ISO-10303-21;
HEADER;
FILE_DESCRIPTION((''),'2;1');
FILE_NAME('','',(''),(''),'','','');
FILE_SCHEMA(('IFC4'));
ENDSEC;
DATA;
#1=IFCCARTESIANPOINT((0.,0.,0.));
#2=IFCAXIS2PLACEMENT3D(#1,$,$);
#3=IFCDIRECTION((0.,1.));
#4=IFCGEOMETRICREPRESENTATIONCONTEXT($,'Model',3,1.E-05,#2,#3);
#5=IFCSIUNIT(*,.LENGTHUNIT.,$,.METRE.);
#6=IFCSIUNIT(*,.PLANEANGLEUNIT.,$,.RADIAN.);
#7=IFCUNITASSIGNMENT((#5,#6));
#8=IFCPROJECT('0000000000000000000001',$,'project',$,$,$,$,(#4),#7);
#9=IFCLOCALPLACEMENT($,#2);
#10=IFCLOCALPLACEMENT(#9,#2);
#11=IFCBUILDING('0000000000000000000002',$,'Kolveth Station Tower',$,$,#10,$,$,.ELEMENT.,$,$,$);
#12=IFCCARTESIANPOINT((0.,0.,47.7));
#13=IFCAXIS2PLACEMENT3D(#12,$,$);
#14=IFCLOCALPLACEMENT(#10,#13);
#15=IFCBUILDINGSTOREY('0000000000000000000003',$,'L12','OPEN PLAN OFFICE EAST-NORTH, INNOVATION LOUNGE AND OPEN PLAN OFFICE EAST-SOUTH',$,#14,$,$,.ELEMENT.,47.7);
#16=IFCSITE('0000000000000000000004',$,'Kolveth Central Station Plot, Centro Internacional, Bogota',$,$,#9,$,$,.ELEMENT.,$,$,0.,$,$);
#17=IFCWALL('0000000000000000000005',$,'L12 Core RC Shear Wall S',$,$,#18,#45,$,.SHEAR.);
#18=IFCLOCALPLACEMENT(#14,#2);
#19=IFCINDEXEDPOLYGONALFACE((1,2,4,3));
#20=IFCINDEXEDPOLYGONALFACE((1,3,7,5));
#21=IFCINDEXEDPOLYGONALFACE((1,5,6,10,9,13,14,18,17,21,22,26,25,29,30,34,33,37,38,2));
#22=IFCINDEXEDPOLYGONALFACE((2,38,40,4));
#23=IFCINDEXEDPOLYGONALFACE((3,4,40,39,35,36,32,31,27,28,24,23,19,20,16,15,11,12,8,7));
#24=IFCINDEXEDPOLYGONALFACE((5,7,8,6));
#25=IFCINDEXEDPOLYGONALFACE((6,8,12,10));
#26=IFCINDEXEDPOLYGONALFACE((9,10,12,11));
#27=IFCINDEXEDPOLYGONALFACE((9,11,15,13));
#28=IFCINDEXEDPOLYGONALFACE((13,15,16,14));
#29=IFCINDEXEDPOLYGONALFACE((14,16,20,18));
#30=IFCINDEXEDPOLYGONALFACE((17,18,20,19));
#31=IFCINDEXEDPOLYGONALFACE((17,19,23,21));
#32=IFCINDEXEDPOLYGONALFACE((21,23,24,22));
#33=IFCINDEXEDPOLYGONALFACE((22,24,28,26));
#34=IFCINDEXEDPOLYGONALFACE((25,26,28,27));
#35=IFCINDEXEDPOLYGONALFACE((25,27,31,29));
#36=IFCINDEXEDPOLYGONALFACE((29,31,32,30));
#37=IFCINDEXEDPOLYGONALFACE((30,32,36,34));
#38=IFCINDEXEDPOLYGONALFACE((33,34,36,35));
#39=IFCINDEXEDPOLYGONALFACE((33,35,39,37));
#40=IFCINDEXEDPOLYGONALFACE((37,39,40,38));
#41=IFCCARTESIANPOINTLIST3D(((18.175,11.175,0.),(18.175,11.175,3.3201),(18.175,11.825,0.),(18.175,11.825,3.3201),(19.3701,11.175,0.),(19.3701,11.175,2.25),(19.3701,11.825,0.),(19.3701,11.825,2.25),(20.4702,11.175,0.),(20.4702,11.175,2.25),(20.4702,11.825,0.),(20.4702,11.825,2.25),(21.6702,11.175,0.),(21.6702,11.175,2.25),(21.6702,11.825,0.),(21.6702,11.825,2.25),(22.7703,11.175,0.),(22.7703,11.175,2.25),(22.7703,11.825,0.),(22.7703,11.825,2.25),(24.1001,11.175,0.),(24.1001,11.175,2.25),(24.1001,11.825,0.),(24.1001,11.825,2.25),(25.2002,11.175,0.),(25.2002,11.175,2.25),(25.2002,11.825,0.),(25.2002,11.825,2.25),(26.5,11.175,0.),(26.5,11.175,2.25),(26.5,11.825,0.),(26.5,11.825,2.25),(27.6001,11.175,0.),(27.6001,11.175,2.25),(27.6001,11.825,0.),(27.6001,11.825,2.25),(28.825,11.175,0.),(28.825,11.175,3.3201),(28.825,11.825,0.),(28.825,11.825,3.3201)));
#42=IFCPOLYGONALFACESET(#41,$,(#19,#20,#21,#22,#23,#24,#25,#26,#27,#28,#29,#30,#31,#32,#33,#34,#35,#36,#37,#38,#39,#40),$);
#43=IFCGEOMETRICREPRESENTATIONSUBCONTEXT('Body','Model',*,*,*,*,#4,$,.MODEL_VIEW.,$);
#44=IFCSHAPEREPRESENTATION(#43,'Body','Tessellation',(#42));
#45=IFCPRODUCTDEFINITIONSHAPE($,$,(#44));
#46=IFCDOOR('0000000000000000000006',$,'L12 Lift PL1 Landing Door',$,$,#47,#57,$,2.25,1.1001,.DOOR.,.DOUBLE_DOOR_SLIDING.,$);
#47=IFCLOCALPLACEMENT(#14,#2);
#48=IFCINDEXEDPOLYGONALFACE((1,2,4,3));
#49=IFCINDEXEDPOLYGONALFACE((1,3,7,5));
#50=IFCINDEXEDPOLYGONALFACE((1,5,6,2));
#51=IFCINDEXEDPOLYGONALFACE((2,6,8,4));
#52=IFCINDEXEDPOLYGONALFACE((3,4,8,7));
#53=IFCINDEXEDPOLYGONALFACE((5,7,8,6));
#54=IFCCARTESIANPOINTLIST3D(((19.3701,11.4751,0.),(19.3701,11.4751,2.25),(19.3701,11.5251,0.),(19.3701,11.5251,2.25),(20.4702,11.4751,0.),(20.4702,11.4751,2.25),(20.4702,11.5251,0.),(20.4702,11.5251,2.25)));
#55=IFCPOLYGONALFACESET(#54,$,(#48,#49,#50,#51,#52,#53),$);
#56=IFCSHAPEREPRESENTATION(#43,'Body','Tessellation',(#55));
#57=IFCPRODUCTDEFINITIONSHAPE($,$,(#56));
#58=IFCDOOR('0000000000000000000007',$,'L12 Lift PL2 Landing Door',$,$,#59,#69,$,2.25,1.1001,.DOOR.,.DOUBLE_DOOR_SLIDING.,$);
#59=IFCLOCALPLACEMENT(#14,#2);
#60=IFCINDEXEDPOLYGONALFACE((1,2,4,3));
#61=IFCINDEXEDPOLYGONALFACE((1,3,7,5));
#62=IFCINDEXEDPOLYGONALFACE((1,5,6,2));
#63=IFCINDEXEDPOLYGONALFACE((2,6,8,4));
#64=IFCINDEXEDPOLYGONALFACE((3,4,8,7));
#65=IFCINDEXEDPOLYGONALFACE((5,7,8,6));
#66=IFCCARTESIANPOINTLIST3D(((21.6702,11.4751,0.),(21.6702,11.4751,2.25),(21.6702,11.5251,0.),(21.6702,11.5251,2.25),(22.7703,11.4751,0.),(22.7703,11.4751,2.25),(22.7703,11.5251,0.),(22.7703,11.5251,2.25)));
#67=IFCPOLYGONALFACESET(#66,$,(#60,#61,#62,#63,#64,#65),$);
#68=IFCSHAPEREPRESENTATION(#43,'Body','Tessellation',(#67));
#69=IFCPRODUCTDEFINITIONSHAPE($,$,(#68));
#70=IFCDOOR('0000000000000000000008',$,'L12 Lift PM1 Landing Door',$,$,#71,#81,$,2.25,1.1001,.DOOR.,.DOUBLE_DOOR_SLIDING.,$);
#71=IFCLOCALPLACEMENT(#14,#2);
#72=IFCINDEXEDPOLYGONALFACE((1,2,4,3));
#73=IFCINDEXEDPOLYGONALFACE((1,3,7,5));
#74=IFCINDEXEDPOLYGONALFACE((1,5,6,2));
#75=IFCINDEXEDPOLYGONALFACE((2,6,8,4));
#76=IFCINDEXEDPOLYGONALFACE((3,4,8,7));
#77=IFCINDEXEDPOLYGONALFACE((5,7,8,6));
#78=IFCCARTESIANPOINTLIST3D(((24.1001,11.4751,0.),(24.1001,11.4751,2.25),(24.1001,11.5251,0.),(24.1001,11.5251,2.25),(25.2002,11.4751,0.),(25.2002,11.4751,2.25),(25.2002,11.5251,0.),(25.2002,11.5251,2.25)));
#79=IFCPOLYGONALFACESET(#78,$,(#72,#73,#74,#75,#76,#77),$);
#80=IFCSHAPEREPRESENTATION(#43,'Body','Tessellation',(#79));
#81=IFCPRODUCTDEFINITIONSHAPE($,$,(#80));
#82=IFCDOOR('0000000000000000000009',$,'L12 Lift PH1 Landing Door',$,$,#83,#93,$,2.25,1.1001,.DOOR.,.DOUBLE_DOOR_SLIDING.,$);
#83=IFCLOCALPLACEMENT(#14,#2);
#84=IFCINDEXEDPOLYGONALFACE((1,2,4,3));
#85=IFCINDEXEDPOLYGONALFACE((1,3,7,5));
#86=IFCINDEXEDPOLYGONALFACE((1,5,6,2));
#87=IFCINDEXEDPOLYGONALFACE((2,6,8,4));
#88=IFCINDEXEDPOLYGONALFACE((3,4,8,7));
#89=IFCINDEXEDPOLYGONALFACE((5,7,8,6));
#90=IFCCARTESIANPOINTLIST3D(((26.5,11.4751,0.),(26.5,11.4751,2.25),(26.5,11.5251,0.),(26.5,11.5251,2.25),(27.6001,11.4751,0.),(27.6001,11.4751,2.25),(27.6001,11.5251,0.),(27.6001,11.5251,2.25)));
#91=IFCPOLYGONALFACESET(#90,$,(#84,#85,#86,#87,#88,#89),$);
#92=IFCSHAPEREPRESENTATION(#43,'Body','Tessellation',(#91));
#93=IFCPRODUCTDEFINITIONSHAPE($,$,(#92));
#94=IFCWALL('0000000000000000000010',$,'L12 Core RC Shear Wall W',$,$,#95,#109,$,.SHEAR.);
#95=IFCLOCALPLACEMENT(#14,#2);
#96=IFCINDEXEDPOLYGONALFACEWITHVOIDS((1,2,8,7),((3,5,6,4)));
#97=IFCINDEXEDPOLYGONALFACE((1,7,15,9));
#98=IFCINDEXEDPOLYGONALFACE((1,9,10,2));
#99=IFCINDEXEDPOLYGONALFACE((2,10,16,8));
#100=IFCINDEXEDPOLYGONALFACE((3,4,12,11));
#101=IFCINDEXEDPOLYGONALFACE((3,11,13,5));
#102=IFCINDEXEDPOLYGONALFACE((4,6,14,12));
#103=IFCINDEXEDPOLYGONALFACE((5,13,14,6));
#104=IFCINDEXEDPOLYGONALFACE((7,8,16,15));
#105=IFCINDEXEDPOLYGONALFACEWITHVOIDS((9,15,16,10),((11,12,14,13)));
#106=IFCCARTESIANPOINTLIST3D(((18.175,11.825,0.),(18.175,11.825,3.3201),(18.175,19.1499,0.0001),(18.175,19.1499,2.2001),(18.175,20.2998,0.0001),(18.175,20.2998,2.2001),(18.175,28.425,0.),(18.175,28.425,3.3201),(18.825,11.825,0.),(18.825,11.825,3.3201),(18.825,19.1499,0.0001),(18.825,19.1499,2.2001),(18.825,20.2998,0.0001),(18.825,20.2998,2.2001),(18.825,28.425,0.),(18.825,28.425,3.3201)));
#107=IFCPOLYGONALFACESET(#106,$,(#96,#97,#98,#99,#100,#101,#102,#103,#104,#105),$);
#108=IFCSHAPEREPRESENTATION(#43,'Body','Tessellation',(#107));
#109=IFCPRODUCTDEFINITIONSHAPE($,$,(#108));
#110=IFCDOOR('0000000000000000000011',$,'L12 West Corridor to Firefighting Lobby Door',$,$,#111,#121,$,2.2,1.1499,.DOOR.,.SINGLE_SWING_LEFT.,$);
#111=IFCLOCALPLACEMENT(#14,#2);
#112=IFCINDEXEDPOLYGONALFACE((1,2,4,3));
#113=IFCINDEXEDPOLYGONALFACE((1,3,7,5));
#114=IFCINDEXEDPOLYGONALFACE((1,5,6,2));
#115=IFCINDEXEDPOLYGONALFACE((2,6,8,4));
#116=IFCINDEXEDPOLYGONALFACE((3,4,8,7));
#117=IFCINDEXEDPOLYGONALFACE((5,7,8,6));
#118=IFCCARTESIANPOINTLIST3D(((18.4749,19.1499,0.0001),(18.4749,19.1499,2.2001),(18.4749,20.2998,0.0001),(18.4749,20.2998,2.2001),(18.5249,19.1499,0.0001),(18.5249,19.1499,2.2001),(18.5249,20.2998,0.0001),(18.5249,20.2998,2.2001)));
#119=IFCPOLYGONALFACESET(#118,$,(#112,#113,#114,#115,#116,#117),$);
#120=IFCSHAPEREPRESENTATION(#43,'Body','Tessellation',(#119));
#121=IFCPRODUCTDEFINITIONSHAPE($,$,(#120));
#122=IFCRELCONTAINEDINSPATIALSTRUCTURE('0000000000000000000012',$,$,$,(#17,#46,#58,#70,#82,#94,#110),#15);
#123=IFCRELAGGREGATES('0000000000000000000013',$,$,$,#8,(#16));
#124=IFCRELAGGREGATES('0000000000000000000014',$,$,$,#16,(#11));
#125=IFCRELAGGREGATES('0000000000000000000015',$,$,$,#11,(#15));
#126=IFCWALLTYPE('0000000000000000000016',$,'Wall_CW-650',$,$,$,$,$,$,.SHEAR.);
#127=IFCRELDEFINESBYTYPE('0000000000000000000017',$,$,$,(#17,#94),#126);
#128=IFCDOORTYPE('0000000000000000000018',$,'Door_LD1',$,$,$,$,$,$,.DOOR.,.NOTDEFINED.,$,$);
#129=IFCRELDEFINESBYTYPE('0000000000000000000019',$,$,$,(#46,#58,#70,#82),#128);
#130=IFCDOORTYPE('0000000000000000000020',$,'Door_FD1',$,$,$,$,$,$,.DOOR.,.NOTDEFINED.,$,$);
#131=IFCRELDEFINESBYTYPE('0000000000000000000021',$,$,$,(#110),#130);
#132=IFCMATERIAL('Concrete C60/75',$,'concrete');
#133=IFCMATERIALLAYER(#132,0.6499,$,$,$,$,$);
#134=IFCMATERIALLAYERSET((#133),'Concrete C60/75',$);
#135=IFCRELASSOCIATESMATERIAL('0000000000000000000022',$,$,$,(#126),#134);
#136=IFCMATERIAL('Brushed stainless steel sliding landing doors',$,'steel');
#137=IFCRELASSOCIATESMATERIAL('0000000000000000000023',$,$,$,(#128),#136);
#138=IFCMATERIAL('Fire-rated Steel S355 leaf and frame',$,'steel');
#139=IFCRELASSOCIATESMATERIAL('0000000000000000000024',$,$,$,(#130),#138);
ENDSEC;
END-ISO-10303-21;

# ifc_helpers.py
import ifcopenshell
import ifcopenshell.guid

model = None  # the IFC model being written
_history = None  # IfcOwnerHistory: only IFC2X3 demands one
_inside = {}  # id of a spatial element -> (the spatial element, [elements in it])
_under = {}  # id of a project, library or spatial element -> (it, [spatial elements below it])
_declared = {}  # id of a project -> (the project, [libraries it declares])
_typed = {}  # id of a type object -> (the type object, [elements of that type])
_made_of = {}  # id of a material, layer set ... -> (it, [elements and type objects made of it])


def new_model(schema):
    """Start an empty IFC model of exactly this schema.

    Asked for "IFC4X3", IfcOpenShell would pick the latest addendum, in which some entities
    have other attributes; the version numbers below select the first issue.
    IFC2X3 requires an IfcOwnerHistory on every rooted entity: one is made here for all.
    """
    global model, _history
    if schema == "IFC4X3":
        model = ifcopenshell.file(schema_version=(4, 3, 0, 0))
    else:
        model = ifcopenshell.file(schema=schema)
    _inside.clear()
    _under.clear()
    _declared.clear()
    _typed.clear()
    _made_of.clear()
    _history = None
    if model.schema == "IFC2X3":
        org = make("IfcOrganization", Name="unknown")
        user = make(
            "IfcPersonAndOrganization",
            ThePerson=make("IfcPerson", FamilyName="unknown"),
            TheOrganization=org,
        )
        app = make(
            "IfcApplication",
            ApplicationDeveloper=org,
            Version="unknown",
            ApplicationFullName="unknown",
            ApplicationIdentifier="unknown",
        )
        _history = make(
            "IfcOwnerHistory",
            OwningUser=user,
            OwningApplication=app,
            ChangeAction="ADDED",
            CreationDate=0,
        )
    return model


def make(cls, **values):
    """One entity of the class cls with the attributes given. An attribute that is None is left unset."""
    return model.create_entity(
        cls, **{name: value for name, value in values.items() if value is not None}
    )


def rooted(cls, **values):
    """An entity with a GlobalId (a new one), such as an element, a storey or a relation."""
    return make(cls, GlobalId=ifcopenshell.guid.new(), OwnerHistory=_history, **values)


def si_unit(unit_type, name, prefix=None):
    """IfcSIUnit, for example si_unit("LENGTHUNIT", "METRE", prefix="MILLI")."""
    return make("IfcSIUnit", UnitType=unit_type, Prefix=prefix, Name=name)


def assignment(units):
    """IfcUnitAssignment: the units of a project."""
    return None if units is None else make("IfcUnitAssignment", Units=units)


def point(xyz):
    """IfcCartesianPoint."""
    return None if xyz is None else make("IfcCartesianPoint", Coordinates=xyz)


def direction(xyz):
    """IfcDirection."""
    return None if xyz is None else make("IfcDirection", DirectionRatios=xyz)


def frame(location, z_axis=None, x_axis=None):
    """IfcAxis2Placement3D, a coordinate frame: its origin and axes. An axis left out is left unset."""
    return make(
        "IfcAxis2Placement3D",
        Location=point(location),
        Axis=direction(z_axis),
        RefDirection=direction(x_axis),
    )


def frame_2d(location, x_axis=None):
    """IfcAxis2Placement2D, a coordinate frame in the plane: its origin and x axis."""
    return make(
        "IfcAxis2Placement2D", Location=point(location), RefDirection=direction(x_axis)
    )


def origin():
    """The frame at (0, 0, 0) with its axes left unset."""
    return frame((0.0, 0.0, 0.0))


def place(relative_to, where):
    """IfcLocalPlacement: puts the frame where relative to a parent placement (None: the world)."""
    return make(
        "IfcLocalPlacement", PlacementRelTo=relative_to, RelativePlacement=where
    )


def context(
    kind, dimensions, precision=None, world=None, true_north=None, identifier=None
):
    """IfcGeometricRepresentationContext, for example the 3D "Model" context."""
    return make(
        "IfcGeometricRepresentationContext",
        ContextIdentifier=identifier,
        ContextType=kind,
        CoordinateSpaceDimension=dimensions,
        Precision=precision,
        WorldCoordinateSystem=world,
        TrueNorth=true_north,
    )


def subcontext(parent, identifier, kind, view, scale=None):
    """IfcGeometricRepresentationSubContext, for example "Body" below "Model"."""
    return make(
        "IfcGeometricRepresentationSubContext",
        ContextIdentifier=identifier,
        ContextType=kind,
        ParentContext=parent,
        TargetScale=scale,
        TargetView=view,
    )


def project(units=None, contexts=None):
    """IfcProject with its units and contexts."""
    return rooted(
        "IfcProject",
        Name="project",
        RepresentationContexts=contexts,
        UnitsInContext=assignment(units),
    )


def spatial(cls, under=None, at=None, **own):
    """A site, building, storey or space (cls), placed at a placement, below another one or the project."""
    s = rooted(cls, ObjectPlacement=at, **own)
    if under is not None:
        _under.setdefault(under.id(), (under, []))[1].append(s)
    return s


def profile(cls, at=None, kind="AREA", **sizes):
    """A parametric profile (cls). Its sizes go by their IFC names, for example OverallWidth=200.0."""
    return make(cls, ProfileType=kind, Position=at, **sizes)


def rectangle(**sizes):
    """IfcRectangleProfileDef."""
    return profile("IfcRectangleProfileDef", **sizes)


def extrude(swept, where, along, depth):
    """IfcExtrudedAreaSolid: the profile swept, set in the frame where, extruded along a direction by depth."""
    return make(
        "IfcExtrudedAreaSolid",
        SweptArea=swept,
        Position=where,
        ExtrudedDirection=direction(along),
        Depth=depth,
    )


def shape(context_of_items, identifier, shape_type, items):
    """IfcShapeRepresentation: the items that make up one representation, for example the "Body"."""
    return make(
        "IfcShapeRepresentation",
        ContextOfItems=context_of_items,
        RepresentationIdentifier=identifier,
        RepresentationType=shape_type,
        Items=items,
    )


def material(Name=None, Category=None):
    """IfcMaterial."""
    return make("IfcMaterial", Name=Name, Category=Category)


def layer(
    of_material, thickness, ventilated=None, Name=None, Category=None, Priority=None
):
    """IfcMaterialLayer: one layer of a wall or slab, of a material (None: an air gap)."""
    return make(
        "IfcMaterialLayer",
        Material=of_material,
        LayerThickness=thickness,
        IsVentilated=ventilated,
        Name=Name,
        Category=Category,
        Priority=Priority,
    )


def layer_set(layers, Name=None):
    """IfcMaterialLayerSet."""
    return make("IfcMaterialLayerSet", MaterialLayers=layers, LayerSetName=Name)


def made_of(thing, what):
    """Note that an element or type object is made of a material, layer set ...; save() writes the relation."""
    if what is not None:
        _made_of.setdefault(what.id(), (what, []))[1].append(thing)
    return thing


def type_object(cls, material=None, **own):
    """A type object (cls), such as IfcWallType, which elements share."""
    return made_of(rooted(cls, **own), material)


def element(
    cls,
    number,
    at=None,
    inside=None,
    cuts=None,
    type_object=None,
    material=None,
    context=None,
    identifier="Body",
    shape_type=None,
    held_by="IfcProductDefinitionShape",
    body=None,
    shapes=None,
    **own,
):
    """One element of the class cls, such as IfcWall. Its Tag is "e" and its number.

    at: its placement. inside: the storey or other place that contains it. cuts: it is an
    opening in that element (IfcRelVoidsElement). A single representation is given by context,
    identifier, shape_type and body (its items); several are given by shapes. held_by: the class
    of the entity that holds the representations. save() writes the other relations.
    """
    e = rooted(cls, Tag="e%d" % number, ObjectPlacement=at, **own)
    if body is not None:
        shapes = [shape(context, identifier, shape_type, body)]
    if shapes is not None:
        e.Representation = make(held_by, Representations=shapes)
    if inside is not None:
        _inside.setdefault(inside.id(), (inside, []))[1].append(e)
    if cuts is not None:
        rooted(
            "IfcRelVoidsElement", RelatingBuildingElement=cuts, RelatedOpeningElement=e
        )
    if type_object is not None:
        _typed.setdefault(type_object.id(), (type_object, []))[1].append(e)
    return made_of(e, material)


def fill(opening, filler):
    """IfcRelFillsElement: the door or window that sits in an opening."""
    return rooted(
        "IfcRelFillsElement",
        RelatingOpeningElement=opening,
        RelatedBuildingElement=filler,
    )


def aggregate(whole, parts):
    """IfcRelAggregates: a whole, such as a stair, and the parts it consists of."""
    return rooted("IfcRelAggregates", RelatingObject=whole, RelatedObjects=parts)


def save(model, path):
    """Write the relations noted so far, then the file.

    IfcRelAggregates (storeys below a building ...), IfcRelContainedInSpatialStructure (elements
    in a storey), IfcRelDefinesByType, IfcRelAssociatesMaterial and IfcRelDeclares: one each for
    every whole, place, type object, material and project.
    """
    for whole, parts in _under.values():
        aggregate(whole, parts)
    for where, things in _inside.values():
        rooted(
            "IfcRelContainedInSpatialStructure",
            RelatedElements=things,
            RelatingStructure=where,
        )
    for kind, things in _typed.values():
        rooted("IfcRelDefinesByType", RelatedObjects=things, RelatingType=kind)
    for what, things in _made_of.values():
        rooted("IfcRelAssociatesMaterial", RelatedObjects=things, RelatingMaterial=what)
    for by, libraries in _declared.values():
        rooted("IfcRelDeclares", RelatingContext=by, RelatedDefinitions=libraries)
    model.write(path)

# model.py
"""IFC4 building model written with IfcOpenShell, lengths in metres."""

from ifc_helpers import new_model, si_unit, direction, frame, frame_2d, origin, place, context, subcontext, project, spatial, rectangle, extrude, material, layer, layer_set, type_object, element, fill, save


model = new_model("IFC4")

# Units and contexts
model_context = context("Model", 3, precision=1e-05, world=origin(), true_north=direction((0.0, 1.0)))
body_context = subcontext(model_context, "Body", "Model", "MODEL_VIEW")
ifc_project = project(units=[si_unit("LENGTHUNIT", "METRE"), si_unit("PLANEANGLEUNIT", "RADIAN")], contexts=[model_context])

# Site, building, storey
site_placement = place(None, origin())
site = spatial("IfcSite", under=ifc_project, at=site_placement, Name="Kolveth Central Station Plot, Centro Internacional, Bogota", CompositionType="ELEMENT", RefElevation=0.0)
building_placement = place(site_placement, origin())
building = spatial("IfcBuilding", under=site, at=building_placement, Name="Kolveth Station Tower", CompositionType="ELEMENT")
storey_placement = place(building_placement, frame((0.0, 0.0, 47.7)))
storey = spatial("IfcBuildingStorey", under=building, at=storey_placement, Name="L12", Description="OPEN PLAN OFFICE EAST-NORTH, INNOVATION LOUNGE AND OPEN PLAN OFFICE EAST-SOUTH", CompositionType="ELEMENT", Elevation=47.7)

# Wall, openings, doors
ifc_material_1 = material(Name="Concrete C60/75", Category="concrete")
ifc_layer_1 = layer(ifc_material_1, 0.6499)
ifc_layer_set_1 = layer_set([ifc_layer_1], Name="Concrete C60/75")
wall_type_1 = type_object("IfcWallType", Name="Wall_CW-650", PredefinedType="SHEAR", material=ifc_layer_set_1)
wall_1_placement = place(storey_placement, frame((18.175, 11.5, 0.0), z_axis=(0.0, 0.0, 1.0), x_axis=(1.0, 0.0, 0.0)))
wall_1 = element("IfcWall", 1, at=wall_1_placement, inside=storey, type_object=wall_type_1, Name="L12 Core RC Shear Wall S", PredefinedType="SHEAR", context=body_context, shape_type="SweptSolid", body=[
    extrude(rectangle(XDim=10.6499, YDim=0.6499, at=frame_2d((5.325, 0.0))), origin(), (0.0, 0.0, 1.0), 3.3201),
])
opening_1_placement = place(wall_1_placement, frame((1.1951, 0.0, 0.0)))
opening_1 = element("IfcOpeningElement", 2, at=opening_1_placement, cuts=wall_1, PredefinedType="OPENING", context=body_context, shape_type="SweptSolid", body=[
    extrude(rectangle(XDim=1.1001, YDim=2.25, at=frame_2d((0.55, 1.125))), frame((0.0, 0.335, 0.0), z_axis=(0.0, -1.0, 0.0), x_axis=(1.0, 0.0, 0.0)), (0.0, 0.0, 1.0), 0.6699),
])
opening_2_placement = place(wall_1_placement, frame((3.4951, 0.0, 0.0)))
opening_2 = element("IfcOpeningElement", 3, at=opening_2_placement, cuts=wall_1, PredefinedType="OPENING", context=body_context, shape_type="SweptSolid", body=[
    extrude(rectangle(XDim=1.1001, YDim=2.25, at=frame_2d((0.55, 1.125))), frame((0.0, 0.335, 0.0), z_axis=(0.0, -1.0, 0.0), x_axis=(1.0, 0.0, 0.0)), (0.0, 0.0, 1.0), 0.6699),
])
opening_3_placement = place(wall_1_placement, frame((5.925, 0.0, 0.0)))
opening_3 = element("IfcOpeningElement", 4, at=opening_3_placement, cuts=wall_1, PredefinedType="OPENING", context=body_context, shape_type="SweptSolid", body=[
    extrude(rectangle(XDim=1.1001, YDim=2.25, at=frame_2d((0.55, 1.125))), frame((0.0, 0.335, 0.0), z_axis=(0.0, -1.0, 0.0), x_axis=(1.0, 0.0, 0.0)), (0.0, 0.0, 1.0), 0.6699),
])
opening_4_placement = place(wall_1_placement, frame((8.325, 0.0, 0.0)))
opening_4 = element("IfcOpeningElement", 5, at=opening_4_placement, cuts=wall_1, PredefinedType="OPENING", context=body_context, shape_type="SweptSolid", body=[
    extrude(rectangle(XDim=1.1001, YDim=2.25, at=frame_2d((0.55, 1.125))), frame((0.0, 0.335, 0.0), z_axis=(0.0, -1.0, 0.0), x_axis=(1.0, 0.0, 0.0)), (0.0, 0.0, 1.0), 0.6699),
])
ifc_material_2 = material(Name="Brushed stainless steel sliding landing doors", Category="steel")
door_type_1 = type_object("IfcDoorType", Name="Door_LD1", OperationType="NOTDEFINED", PredefinedType="DOOR", material=ifc_material_2)
door_1_placement = place(opening_1_placement, frame((1.1001, 0.0, 0.0), z_axis=(0.0, 0.0, 1.0), x_axis=(-1.0, 0.0, 0.0)))
door_1 = element("IfcDoor", 6, at=door_1_placement, inside=storey, type_object=door_type_1, Name="L12 Lift PL1 Landing Door", OperationType="DOUBLE_DOOR_SLIDING", OverallHeight=2.25, OverallWidth=1.1001, PredefinedType="DOOR", context=body_context, shape_type="SweptSolid", body=[
    extrude(rectangle(XDim=1.1001, YDim=2.25, at=frame_2d((0.55, 1.125))), frame((0.0, 0.0249, 0.0), z_axis=(0.0, -1.0, 0.0), x_axis=(1.0, 0.0, 0.0)), (0.0, 0.0, 1.0), 0.05),
])
fill(opening_1, door_1)
door_2_placement = place(opening_2_placement, frame((1.1001, 0.0, 0.0), z_axis=(0.0, 0.0, 1.0), x_axis=(-1.0, 0.0, 0.0)))
door_2 = element("IfcDoor", 7, at=door_2_placement, inside=storey, type_object=door_type_1, Name="L12 Lift PL2 Landing Door", OperationType="DOUBLE_DOOR_SLIDING", OverallHeight=2.25, OverallWidth=1.1001, PredefinedType="DOOR", context=body_context, shape_type="SweptSolid", body=[
    extrude(rectangle(XDim=1.1001, YDim=2.25, at=frame_2d((0.55, 1.125))), frame((0.0, 0.0249, 0.0), z_axis=(0.0, -1.0, 0.0), x_axis=(1.0, 0.0, 0.0)), (0.0, 0.0, 1.0), 0.05),
])
fill(opening_2, door_2)
door_3_placement = place(opening_3_placement, frame((1.1001, 0.0, 0.0), z_axis=(0.0, 0.0, 1.0), x_axis=(-1.0, 0.0, 0.0)))
door_3 = element("IfcDoor", 8, at=door_3_placement, inside=storey, type_object=door_type_1, Name="L12 Lift PM1 Landing Door", OperationType="DOUBLE_DOOR_SLIDING", OverallHeight=2.25, OverallWidth=1.1001, PredefinedType="DOOR", context=body_context, shape_type="SweptSolid", body=[
    extrude(rectangle(XDim=1.1001, YDim=2.25, at=frame_2d((0.55, 1.125))), frame((0.0, 0.0249, 0.0), z_axis=(0.0, -1.0, 0.0), x_axis=(1.0, 0.0, 0.0)), (0.0, 0.0, 1.0), 0.05),
])
fill(opening_3, door_3)
door_4_placement = place(opening_4_placement, frame((1.1001, 0.0, 0.0), z_axis=(0.0, 0.0, 1.0), x_axis=(-1.0, 0.0, 0.0)))
door_4 = element("IfcDoor", 9, at=door_4_placement, inside=storey, type_object=door_type_1, Name="L12 Lift PH1 Landing Door", OperationType="DOUBLE_DOOR_SLIDING", OverallHeight=2.25, OverallWidth=1.1001, PredefinedType="DOOR", context=body_context, shape_type="SweptSolid", body=[
    extrude(rectangle(XDim=1.1001, YDim=2.25, at=frame_2d((0.55, 1.125))), frame((0.0, 0.0249, 0.0), z_axis=(0.0, -1.0, 0.0), x_axis=(1.0, 0.0, 0.0)), (0.0, 0.0, 1.0), 0.05),
])
fill(opening_4, door_4)

# Wall, opening, door
wall_2_placement = place(storey_placement, frame((18.5, 11.825, 0.0), z_axis=(0.0, 0.0, 1.0), x_axis=(0.0, 1.0, 0.0)))
wall_2 = element("IfcWall", 10, at=wall_2_placement, inside=storey, type_object=wall_type_1, Name="L12 Core RC Shear Wall W", PredefinedType="SHEAR", context=body_context, shape_type="SweptSolid", body=[
    extrude(rectangle(XDim=16.6001, YDim=0.6499, at=frame_2d((8.3, 0.0))), origin(), (0.0, 0.0, 1.0), 3.3201),
])
opening_5_placement = place(wall_2_placement, frame((7.325, 0.0, 0.0)))
opening_5 = element("IfcOpeningElement", 11, at=opening_5_placement, cuts=wall_2, PredefinedType="OPENING", context=body_context, shape_type="SweptSolid", body=[
    extrude(rectangle(XDim=1.1499, YDim=2.2, at=frame_2d((0.575, 1.1001))), frame((0.0, 0.335, 0.0), z_axis=(0.0, -1.0, 0.0), x_axis=(1.0, 0.0, 0.0)), (0.0, 0.0, 1.0), 0.6699),
])
ifc_material_3 = material(Name="Fire-rated Steel S355 leaf and frame", Category="steel")
door_type_2 = type_object("IfcDoorType", Name="Door_FD1", OperationType="NOTDEFINED", PredefinedType="DOOR", material=ifc_material_3)
door_5_placement = place(opening_5_placement, frame((1.1499, 0.0, 0.0), z_axis=(0.0, 0.0, 1.0), x_axis=(-1.0, 0.0, 0.0)))
door_5 = element("IfcDoor", 12, at=door_5_placement, inside=storey, type_object=door_type_2, Name="L12 West Corridor to Firefighting Lobby Door", OperationType="SINGLE_SWING_LEFT", OverallHeight=2.2, OverallWidth=1.1499, PredefinedType="DOOR", context=body_context, shape_type="SweptSolid", body=[
    extrude(rectangle(XDim=1.1499, YDim=2.2, at=frame_2d((0.575, 1.1001))), frame((0.0, 0.0249, 0.0), z_axis=(0.0, -1.0, 0.0), x_axis=(1.0, 0.0, 0.0)), (0.0, 0.0, 1.0), 0.05),
])
fill(opening_5, door_5)

save(model, "model.ifc")
